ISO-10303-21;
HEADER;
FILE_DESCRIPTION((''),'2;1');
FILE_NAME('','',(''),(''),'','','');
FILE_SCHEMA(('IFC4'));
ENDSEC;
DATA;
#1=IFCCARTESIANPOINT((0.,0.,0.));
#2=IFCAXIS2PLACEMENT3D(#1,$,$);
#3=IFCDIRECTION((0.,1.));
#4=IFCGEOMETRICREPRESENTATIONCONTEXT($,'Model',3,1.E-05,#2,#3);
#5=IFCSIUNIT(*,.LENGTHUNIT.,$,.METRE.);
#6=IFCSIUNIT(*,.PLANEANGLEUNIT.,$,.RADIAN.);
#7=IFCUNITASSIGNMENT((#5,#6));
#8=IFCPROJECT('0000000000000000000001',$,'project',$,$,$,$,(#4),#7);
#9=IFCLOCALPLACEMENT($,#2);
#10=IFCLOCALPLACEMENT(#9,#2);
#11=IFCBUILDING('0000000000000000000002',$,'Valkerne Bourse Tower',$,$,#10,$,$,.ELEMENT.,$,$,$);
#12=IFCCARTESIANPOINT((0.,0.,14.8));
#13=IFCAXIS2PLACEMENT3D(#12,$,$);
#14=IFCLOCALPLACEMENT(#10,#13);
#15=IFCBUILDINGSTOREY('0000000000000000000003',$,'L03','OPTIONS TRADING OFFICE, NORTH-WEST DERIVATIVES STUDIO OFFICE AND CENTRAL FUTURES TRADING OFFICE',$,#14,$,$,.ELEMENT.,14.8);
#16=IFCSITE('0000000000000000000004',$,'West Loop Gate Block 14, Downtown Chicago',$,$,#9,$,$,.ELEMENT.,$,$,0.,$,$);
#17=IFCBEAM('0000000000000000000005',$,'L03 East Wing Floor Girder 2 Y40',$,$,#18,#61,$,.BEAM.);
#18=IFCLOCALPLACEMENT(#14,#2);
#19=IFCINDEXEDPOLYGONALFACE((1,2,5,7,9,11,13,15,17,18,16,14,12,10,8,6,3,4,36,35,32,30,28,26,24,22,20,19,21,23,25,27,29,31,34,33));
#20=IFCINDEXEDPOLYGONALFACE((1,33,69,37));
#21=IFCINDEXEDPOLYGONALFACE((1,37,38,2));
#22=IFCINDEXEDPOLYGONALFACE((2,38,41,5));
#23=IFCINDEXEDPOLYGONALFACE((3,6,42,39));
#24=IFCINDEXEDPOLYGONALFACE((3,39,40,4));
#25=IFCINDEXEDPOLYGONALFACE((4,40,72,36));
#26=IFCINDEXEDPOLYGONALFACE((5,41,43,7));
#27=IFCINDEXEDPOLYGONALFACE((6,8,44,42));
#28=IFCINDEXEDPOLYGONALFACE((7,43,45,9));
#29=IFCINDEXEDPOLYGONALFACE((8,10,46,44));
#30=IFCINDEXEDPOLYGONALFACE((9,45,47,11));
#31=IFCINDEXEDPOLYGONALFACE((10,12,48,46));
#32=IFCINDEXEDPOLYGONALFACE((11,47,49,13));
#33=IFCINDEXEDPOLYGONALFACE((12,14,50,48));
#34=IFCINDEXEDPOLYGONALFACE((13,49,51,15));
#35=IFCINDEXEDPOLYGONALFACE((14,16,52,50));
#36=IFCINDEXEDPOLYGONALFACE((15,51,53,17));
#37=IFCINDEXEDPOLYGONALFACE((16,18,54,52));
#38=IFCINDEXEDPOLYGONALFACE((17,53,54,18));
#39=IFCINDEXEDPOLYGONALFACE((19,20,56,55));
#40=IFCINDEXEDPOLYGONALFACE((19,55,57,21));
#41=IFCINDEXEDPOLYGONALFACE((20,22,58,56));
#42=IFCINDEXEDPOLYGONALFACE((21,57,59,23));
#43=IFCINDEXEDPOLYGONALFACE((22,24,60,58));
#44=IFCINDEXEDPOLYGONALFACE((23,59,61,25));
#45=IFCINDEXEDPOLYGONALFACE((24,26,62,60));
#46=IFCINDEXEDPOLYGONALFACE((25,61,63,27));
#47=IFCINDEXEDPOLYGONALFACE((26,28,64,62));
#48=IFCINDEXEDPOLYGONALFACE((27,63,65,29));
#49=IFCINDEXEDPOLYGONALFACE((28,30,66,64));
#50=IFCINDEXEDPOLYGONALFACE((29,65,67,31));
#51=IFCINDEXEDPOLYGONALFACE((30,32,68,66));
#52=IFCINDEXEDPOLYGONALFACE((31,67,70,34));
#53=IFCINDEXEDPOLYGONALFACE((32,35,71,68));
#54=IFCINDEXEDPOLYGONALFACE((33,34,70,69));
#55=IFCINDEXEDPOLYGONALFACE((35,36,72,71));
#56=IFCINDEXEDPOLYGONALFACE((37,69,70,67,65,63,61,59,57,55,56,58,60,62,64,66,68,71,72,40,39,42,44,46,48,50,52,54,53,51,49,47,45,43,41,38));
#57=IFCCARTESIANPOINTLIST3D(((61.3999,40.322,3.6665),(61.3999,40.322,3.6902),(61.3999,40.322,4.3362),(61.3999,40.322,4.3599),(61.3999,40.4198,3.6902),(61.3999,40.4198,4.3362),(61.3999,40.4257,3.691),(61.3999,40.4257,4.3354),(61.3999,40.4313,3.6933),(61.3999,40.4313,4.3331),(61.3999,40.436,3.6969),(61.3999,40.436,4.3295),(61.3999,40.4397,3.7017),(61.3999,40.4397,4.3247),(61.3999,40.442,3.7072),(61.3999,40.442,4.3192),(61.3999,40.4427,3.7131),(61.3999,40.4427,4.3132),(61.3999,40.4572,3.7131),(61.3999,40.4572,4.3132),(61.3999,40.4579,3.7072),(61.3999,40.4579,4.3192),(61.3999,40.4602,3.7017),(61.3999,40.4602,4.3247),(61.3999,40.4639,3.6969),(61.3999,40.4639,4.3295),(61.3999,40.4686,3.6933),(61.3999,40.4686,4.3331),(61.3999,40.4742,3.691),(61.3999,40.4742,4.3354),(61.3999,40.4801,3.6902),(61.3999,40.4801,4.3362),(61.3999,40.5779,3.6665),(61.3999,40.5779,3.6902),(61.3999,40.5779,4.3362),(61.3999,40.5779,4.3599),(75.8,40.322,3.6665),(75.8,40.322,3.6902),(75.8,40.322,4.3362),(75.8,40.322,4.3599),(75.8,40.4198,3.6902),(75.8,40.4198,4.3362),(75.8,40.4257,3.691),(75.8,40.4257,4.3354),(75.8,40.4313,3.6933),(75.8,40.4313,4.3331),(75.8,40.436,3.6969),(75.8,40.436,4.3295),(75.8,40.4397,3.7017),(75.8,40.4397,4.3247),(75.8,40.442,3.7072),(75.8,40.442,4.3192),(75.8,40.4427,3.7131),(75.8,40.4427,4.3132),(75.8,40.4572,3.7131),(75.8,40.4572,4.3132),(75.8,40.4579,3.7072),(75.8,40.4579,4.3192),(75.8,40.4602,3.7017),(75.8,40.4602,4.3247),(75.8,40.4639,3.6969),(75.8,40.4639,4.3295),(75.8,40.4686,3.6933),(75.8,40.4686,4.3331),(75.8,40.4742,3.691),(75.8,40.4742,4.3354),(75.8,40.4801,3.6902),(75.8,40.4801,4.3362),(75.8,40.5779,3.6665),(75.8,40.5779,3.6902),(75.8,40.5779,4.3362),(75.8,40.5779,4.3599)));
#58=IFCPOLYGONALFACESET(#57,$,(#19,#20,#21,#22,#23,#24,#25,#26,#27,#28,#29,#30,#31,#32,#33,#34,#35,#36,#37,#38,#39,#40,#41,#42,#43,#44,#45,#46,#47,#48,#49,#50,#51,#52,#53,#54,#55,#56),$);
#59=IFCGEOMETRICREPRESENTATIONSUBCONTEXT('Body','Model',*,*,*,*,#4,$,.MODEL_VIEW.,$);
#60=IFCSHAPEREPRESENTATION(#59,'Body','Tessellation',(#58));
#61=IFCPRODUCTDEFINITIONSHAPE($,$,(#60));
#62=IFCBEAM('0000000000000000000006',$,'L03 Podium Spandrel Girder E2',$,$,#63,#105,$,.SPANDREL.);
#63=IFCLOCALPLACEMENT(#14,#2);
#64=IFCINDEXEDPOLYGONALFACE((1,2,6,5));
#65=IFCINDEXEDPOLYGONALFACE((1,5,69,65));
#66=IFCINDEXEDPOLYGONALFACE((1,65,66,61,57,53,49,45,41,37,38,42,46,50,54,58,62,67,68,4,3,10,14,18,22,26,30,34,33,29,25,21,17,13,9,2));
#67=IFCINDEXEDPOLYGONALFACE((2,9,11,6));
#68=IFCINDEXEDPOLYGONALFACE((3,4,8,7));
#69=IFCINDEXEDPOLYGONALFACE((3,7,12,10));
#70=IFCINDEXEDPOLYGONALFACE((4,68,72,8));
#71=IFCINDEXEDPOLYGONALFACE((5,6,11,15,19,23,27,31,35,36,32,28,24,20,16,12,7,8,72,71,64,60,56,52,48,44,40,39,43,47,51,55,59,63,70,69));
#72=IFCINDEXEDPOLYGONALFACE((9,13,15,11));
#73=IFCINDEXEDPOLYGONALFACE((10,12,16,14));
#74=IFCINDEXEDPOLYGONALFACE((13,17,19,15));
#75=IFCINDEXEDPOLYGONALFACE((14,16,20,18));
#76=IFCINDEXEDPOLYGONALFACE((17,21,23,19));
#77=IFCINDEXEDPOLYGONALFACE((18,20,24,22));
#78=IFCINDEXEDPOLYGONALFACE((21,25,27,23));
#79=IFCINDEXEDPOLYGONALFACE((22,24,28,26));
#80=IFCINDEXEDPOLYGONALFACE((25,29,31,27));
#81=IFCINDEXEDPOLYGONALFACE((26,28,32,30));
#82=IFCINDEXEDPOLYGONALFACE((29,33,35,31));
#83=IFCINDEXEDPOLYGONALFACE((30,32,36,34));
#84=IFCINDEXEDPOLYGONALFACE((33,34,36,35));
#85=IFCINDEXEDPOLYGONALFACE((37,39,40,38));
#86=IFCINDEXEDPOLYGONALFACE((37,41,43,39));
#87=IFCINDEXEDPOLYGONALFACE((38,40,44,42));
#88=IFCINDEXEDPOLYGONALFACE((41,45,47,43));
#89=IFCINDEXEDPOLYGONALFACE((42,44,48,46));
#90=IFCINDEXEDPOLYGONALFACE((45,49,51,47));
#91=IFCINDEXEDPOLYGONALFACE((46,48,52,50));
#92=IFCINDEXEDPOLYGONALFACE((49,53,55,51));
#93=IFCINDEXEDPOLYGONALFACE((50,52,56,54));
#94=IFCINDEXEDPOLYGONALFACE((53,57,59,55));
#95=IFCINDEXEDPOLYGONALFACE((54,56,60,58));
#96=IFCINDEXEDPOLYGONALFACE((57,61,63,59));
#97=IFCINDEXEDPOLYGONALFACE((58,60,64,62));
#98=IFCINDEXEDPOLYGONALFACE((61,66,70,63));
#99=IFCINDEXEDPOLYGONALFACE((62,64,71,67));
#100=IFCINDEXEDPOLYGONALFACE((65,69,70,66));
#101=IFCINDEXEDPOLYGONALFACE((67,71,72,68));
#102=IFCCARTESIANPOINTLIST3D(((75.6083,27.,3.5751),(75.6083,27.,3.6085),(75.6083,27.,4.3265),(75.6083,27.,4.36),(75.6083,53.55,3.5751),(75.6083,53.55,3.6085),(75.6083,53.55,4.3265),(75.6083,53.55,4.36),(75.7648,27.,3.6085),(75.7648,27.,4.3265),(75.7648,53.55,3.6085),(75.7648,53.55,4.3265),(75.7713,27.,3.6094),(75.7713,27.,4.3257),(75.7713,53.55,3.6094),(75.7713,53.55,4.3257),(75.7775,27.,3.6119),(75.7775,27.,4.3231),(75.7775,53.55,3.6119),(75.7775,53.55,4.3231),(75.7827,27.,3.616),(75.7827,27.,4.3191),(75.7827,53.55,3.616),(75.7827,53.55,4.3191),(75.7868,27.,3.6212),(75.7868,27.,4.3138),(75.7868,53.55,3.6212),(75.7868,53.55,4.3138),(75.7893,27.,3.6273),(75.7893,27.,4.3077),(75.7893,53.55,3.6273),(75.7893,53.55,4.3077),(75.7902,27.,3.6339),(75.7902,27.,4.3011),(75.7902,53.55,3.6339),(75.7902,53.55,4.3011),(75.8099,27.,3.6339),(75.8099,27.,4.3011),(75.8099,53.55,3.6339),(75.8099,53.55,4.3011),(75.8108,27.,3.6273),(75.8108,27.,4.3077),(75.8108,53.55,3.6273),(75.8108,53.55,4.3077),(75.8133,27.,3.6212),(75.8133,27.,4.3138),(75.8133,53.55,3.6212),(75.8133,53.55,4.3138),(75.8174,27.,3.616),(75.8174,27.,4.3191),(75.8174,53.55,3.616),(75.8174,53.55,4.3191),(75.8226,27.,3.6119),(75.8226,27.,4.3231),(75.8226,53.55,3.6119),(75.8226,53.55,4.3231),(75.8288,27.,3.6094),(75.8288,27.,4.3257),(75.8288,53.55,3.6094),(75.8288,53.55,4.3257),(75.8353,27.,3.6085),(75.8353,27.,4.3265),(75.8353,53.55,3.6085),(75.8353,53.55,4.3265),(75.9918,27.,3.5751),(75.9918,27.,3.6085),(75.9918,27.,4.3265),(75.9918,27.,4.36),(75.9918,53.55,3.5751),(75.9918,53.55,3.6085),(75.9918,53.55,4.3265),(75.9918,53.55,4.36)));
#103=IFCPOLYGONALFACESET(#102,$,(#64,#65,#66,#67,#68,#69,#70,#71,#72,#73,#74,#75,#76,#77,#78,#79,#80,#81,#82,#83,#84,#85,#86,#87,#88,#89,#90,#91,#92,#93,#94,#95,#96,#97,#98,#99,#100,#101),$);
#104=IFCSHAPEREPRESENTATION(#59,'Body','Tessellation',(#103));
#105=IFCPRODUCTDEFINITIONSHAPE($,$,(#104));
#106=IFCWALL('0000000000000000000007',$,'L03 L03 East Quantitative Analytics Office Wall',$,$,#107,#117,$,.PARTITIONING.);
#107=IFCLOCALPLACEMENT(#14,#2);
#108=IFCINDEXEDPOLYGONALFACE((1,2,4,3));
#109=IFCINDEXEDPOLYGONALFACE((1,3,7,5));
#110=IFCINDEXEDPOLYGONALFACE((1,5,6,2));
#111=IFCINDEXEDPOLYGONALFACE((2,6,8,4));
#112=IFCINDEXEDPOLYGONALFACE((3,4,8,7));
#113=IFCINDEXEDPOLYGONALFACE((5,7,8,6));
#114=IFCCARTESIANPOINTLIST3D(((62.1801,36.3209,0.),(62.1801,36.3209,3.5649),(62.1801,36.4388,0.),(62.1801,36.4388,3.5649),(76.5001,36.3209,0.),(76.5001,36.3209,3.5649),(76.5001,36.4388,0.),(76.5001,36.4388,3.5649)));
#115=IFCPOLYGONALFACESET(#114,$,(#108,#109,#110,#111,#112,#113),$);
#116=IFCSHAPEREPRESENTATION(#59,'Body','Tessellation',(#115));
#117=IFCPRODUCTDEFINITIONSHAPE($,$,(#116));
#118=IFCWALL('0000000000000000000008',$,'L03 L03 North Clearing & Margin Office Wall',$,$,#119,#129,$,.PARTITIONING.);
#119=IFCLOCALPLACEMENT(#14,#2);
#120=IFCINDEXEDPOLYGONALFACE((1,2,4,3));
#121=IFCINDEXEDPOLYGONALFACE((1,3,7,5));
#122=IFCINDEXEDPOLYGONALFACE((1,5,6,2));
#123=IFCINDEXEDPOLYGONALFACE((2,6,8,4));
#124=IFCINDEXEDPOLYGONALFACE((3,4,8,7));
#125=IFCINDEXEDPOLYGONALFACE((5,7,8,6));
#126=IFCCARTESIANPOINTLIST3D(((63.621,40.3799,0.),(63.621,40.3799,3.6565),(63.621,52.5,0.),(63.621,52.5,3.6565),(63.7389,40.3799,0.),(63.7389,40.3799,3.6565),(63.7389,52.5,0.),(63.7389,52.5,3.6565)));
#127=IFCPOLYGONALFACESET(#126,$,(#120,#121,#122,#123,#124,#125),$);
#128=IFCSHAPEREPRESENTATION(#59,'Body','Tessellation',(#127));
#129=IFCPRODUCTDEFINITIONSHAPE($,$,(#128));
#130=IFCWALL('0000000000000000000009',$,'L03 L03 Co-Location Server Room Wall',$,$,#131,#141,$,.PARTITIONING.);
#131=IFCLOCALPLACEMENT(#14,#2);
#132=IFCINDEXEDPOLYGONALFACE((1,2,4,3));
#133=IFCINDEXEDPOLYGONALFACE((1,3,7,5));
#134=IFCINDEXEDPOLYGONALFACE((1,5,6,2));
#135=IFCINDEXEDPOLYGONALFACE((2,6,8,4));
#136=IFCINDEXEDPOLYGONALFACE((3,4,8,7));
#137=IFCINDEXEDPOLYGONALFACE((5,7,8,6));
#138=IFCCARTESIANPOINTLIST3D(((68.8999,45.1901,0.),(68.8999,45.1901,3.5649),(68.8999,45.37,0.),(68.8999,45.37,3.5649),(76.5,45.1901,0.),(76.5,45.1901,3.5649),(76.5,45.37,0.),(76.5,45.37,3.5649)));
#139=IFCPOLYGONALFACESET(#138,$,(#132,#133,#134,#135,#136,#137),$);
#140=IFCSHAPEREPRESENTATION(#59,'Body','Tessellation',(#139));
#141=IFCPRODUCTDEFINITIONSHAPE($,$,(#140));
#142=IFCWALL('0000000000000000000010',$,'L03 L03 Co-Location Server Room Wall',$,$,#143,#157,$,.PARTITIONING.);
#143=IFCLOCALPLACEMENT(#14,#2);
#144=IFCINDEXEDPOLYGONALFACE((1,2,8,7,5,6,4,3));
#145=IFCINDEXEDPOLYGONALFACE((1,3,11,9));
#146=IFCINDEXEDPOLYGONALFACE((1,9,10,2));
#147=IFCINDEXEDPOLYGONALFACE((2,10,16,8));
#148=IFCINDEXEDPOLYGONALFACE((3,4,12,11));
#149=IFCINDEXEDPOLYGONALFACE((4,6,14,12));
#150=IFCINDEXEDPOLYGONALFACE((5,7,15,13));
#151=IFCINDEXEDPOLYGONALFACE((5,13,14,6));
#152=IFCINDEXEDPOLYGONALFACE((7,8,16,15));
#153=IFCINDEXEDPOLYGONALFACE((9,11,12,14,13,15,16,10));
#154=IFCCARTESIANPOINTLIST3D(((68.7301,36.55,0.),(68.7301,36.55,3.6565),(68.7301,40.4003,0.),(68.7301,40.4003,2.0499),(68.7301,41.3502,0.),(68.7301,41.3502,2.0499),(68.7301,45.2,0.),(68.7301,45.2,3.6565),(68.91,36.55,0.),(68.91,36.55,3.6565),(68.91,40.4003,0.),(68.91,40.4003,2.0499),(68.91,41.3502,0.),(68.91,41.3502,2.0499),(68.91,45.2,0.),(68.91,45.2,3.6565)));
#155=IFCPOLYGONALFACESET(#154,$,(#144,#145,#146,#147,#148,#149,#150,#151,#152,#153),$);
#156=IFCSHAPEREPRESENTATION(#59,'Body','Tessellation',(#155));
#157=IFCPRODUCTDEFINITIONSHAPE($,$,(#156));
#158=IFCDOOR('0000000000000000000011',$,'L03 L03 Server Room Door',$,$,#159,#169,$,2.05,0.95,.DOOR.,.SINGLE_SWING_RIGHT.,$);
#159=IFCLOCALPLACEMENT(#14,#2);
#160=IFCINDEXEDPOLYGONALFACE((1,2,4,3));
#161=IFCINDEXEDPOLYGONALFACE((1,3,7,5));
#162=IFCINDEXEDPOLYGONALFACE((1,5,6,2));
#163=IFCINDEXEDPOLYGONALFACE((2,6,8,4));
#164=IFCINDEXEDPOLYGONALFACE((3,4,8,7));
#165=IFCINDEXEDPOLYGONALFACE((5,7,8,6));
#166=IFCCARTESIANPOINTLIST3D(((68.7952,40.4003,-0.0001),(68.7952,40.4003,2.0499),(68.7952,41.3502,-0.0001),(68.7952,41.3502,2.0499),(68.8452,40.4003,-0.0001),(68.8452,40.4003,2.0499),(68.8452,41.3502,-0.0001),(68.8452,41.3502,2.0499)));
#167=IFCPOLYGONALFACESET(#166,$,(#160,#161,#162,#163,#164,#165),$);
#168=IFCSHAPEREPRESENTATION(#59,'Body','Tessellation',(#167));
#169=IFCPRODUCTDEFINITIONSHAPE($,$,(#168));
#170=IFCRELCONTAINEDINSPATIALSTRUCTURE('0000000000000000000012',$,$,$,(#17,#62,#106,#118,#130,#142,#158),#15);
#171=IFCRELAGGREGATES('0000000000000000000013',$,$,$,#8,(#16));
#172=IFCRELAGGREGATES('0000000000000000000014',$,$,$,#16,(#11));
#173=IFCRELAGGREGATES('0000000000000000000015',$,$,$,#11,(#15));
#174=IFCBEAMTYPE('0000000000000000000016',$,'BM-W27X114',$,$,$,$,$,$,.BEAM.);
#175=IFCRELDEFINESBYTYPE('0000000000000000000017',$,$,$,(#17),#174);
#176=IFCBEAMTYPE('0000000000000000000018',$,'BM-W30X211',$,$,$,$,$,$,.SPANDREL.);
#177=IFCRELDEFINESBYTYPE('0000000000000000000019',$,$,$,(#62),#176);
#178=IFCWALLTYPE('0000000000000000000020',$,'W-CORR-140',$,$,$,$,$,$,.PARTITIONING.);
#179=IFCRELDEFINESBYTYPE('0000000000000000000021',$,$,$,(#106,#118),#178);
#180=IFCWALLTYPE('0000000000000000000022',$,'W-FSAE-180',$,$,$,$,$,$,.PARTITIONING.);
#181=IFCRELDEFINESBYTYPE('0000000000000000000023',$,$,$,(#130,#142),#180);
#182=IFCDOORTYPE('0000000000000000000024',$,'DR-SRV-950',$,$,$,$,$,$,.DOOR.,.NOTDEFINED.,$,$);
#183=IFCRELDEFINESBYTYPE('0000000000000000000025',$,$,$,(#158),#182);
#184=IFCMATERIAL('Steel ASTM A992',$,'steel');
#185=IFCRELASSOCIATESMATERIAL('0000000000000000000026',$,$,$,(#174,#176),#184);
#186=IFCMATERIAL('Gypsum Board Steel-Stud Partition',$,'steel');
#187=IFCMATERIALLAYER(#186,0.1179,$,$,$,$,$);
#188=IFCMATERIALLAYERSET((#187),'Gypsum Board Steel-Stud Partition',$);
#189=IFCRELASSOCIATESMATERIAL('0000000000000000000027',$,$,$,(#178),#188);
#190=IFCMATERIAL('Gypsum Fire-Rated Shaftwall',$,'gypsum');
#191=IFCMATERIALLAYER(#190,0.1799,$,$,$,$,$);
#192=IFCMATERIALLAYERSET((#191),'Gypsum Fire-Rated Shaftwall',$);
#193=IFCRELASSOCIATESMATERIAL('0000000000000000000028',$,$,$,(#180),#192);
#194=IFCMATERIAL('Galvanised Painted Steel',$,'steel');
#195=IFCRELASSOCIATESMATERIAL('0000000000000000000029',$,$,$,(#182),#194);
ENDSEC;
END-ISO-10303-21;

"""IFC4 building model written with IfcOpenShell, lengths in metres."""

from ifc_helpers import new_model, si_unit, direction, frame, frame_2d, origin, origin_2d, place, context, subcontext, project, spatial, rectangle, i_section, extrude, material, layer, layer_set, material_profile, profile_set, type_object, element, fill, save


model = new_model("IFC4")

# Units and contexts
model_context = context("Model", 3, precision=1e-05, world=origin(), true_north=direction((0.0, 1.0)))
body_context = subcontext(model_context, "Body", "Model", "MODEL_VIEW")
ifc_project = project(units=[si_unit("LENGTHUNIT", "METRE"), si_unit("PLANEANGLEUNIT", "RADIAN")], contexts=[model_context])

# Site, building, storey
site_placement = place(None, origin())
site = spatial("IfcSite", under=ifc_project, at=site_placement, Name="West Loop Gate Block 14, Downtown Chicago", CompositionType="ELEMENT", RefElevation=0.0)
building_placement = place(site_placement, origin())
building = spatial("IfcBuilding", under=site, at=building_placement, Name="Valkerne Bourse Tower", CompositionType="ELEMENT")
storey_placement = place(building_placement, frame((0.0, 0.0, 14.8)))
storey = spatial("IfcBuildingStorey", under=building, at=storey_placement, Name="L03", Description="OPTIONS TRADING OFFICE, NORTH-WEST DERIVATIVES STUDIO OFFICE AND CENTRAL FUTURES TRADING OFFICE", CompositionType="ELEMENT", Elevation=14.8)

# Beams
ifc_material_1 = material(Name="Steel ASTM A992", Category="steel")
ifc_material_profile_1 = material_profile(ifc_material_1, i_section(OverallWidth=0.2559, OverallDepth=0.6934, WebThickness=0.0144, FlangeThickness=0.0237, FilletRadius=0.0229, at=origin_2d()), Name="W27X114")
ifc_profile_set_1 = profile_set([ifc_material_profile_1], Name="Steel ASTM A992")
beam_type_1 = type_object("IfcBeamType", Name="BM-W27X114", PredefinedType="BEAM", material=ifc_profile_set_1)
for number, where, z_axis, x_axis, name in (
    (1, (61.3999, 40.45, 4.0132), (1.0, 0.0, 0.0), (0.0, 1.0, 0.0), "L03 East Wing Floor Girder 2 Y40"),
):
    element("IfcBeam", number, at=place(storey_placement, frame(where, z_axis=z_axis, x_axis=x_axis)), inside=storey, type_object=beam_type_1, Name=name, PredefinedType="BEAM", context=body_context, shape_type="SweptSolid", body=[
        extrude(i_section(OverallWidth=0.2559, OverallDepth=0.6934, WebThickness=0.0144, FlangeThickness=0.0237, FilletRadius=0.0229, at=origin_2d()), origin(), (0.0, 0.0, 1.0), 14.4001),
    ])
ifc_material_profile_2 = material_profile(ifc_material_1, i_section(OverallWidth=0.3835, OverallDepth=0.7849, WebThickness=0.0198, FlangeThickness=0.0334, FilletRadius=0.0254, at=origin_2d()), Name="W30X211")
ifc_profile_set_2 = profile_set([ifc_material_profile_2], Name="Steel ASTM A992")
beam_type_2 = type_object("IfcBeamType", Name="BM-W30X211", PredefinedType="SPANDREL", material=ifc_profile_set_2)
beam_placement = place(storey_placement, frame((75.8, 27.0, 3.9675), z_axis=(0.0, 1.0, 0.0), x_axis=(-1.0, 0.0, 0.0)))
element("IfcBeam", 2, at=beam_placement, inside=storey, type_object=beam_type_2, Name="L03 Podium Spandrel Girder E2", PredefinedType="SPANDREL", context=body_context, shape_type="SweptSolid", body=[
    extrude(i_section(OverallWidth=0.3835, OverallDepth=0.7849, WebThickness=0.0198, FlangeThickness=0.0334, FilletRadius=0.0254, at=origin_2d()), origin(), (0.0, 0.0, 1.0), 26.55),
])

# Walls
ifc_material_2 = material(Name="Gypsum Board Steel-Stud Partition", Category="steel")
ifc_layer_1 = layer(ifc_material_2, 0.1179)
ifc_layer_set_1 = layer_set([ifc_layer_1], Name="Gypsum Board Steel-Stud Partition")
wall_type_1 = type_object("IfcWallType", Name="W-CORR-140", PredefinedType="PARTITIONING", material=ifc_layer_set_1)
wall_1_placement = place(storey_placement, frame((62.1799, 36.3799, 0.0), z_axis=(0.0, 0.0, 1.0), x_axis=(1.0, 0.0, 0.0)))
element("IfcWall", 3, at=wall_1_placement, inside=storey, type_object=wall_type_1, Name="L03 L03 East Quantitative Analytics Office Wall", PredefinedType="PARTITIONING", context=body_context, shape_type="SweptSolid", body=[
    extrude(rectangle(XDim=14.3201, YDim=0.1179, at=frame_2d((7.1602, 0.0))), origin(), (0.0, 0.0, 1.0), 3.5649),
])
wall_2_placement = place(storey_placement, frame((63.6799, 40.3799, 0.0), z_axis=(0.0, 0.0, 1.0), x_axis=(0.0, 1.0, 0.0)))
element("IfcWall", 4, at=wall_2_placement, inside=storey, type_object=wall_type_1, Name="L03 L03 North Clearing & Margin Office Wall", PredefinedType="PARTITIONING", context=body_context, shape_type="SweptSolid", body=[
    extrude(rectangle(XDim=12.1201, YDim=0.1179, at=frame_2d((6.0601, 0.0))), origin(), (0.0, 0.0, 1.0), 3.6565),
])
ifc_material_3 = material(Name="Gypsum Fire-Rated Shaftwall", Category="gypsum")
ifc_layer_2 = layer(ifc_material_3, 0.1799)
ifc_layer_set_2 = layer_set([ifc_layer_2], Name="Gypsum Fire-Rated Shaftwall")
wall_type_2 = type_object("IfcWallType", Name="W-FSAE-180", PredefinedType="PARTITIONING", material=ifc_layer_set_2)
wall_3_placement = place(storey_placement, frame((68.8999, 45.28, 0.0), z_axis=(0.0, 0.0, 1.0), x_axis=(1.0, 0.0, 0.0)))
element("IfcWall", 5, at=wall_3_placement, inside=storey, type_object=wall_type_2, Name="L03 L03 Co-Location Server Room Wall", PredefinedType="PARTITIONING", context=body_context, shape_type="SweptSolid", body=[
    extrude(rectangle(XDim=7.6001, YDim=0.1799, at=frame_2d((3.8, 0.0))), origin(), (0.0, 0.0, 1.0), 3.5649),
])

# Wall, opening, door
wall_4_placement = place(storey_placement, frame((68.8201, 36.55, 0.0), z_axis=(0.0, 0.0, 1.0), x_axis=(0.0, 1.0, 0.0)))
wall_4 = element("IfcWall", 6, at=wall_4_placement, inside=storey, type_object=wall_type_2, Name="L03 L03 Co-Location Server Room Wall", PredefinedType="PARTITIONING", context=body_context, shape_type="SweptSolid", body=[
    extrude(rectangle(XDim=8.6499, YDim=0.1799, at=frame_2d((4.325, 0.0))), origin(), (0.0, 0.0, 1.0), 3.6565),
])
opening_1_placement = place(wall_4_placement, frame((3.8501, 0.0, 0.0)))
opening_1 = element("IfcOpeningElement", 7, at=opening_1_placement, cuts=wall_4, PredefinedType="OPENING", context=body_context, shape_type="SweptSolid", body=[
    extrude(rectangle(XDim=0.95, YDim=2.05, at=frame_2d((0.4751, 1.0249))), frame((0.0, 0.0999, 0.0), z_axis=(0.0, -1.0, 0.0), x_axis=(1.0, 0.0, 0.0)), (0.0, 0.0, 1.0), 0.2),
])
ifc_material_4 = material(Name="Galvanised Painted Steel", Category="steel")
door_type_1 = type_object("IfcDoorType", Name="DR-SRV-950", OperationType="NOTDEFINED", PredefinedType="DOOR", material=ifc_material_4)
door_1_placement = place(opening_1_placement, origin())
door_1 = element("IfcDoor", 8, at=door_1_placement, inside=storey, type_object=door_type_1, Name="L03 L03 Server Room Door", OperationType="SINGLE_SWING_RIGHT", OverallHeight=2.05, OverallWidth=0.95, PredefinedType="DOOR", context=body_context, shape_type="SweptSolid", body=[
    extrude(rectangle(XDim=0.95, YDim=2.05, at=frame_2d((0.4751, 1.0249))), frame((0.0, 0.0249, 0.0), z_axis=(0.0, -1.0, 0.0), x_axis=(1.0, 0.0, 0.0)), (0.0, 0.0, 1.0), 0.05),
])
fill(opening_1, door_1)

save(model, "model.ifc")
